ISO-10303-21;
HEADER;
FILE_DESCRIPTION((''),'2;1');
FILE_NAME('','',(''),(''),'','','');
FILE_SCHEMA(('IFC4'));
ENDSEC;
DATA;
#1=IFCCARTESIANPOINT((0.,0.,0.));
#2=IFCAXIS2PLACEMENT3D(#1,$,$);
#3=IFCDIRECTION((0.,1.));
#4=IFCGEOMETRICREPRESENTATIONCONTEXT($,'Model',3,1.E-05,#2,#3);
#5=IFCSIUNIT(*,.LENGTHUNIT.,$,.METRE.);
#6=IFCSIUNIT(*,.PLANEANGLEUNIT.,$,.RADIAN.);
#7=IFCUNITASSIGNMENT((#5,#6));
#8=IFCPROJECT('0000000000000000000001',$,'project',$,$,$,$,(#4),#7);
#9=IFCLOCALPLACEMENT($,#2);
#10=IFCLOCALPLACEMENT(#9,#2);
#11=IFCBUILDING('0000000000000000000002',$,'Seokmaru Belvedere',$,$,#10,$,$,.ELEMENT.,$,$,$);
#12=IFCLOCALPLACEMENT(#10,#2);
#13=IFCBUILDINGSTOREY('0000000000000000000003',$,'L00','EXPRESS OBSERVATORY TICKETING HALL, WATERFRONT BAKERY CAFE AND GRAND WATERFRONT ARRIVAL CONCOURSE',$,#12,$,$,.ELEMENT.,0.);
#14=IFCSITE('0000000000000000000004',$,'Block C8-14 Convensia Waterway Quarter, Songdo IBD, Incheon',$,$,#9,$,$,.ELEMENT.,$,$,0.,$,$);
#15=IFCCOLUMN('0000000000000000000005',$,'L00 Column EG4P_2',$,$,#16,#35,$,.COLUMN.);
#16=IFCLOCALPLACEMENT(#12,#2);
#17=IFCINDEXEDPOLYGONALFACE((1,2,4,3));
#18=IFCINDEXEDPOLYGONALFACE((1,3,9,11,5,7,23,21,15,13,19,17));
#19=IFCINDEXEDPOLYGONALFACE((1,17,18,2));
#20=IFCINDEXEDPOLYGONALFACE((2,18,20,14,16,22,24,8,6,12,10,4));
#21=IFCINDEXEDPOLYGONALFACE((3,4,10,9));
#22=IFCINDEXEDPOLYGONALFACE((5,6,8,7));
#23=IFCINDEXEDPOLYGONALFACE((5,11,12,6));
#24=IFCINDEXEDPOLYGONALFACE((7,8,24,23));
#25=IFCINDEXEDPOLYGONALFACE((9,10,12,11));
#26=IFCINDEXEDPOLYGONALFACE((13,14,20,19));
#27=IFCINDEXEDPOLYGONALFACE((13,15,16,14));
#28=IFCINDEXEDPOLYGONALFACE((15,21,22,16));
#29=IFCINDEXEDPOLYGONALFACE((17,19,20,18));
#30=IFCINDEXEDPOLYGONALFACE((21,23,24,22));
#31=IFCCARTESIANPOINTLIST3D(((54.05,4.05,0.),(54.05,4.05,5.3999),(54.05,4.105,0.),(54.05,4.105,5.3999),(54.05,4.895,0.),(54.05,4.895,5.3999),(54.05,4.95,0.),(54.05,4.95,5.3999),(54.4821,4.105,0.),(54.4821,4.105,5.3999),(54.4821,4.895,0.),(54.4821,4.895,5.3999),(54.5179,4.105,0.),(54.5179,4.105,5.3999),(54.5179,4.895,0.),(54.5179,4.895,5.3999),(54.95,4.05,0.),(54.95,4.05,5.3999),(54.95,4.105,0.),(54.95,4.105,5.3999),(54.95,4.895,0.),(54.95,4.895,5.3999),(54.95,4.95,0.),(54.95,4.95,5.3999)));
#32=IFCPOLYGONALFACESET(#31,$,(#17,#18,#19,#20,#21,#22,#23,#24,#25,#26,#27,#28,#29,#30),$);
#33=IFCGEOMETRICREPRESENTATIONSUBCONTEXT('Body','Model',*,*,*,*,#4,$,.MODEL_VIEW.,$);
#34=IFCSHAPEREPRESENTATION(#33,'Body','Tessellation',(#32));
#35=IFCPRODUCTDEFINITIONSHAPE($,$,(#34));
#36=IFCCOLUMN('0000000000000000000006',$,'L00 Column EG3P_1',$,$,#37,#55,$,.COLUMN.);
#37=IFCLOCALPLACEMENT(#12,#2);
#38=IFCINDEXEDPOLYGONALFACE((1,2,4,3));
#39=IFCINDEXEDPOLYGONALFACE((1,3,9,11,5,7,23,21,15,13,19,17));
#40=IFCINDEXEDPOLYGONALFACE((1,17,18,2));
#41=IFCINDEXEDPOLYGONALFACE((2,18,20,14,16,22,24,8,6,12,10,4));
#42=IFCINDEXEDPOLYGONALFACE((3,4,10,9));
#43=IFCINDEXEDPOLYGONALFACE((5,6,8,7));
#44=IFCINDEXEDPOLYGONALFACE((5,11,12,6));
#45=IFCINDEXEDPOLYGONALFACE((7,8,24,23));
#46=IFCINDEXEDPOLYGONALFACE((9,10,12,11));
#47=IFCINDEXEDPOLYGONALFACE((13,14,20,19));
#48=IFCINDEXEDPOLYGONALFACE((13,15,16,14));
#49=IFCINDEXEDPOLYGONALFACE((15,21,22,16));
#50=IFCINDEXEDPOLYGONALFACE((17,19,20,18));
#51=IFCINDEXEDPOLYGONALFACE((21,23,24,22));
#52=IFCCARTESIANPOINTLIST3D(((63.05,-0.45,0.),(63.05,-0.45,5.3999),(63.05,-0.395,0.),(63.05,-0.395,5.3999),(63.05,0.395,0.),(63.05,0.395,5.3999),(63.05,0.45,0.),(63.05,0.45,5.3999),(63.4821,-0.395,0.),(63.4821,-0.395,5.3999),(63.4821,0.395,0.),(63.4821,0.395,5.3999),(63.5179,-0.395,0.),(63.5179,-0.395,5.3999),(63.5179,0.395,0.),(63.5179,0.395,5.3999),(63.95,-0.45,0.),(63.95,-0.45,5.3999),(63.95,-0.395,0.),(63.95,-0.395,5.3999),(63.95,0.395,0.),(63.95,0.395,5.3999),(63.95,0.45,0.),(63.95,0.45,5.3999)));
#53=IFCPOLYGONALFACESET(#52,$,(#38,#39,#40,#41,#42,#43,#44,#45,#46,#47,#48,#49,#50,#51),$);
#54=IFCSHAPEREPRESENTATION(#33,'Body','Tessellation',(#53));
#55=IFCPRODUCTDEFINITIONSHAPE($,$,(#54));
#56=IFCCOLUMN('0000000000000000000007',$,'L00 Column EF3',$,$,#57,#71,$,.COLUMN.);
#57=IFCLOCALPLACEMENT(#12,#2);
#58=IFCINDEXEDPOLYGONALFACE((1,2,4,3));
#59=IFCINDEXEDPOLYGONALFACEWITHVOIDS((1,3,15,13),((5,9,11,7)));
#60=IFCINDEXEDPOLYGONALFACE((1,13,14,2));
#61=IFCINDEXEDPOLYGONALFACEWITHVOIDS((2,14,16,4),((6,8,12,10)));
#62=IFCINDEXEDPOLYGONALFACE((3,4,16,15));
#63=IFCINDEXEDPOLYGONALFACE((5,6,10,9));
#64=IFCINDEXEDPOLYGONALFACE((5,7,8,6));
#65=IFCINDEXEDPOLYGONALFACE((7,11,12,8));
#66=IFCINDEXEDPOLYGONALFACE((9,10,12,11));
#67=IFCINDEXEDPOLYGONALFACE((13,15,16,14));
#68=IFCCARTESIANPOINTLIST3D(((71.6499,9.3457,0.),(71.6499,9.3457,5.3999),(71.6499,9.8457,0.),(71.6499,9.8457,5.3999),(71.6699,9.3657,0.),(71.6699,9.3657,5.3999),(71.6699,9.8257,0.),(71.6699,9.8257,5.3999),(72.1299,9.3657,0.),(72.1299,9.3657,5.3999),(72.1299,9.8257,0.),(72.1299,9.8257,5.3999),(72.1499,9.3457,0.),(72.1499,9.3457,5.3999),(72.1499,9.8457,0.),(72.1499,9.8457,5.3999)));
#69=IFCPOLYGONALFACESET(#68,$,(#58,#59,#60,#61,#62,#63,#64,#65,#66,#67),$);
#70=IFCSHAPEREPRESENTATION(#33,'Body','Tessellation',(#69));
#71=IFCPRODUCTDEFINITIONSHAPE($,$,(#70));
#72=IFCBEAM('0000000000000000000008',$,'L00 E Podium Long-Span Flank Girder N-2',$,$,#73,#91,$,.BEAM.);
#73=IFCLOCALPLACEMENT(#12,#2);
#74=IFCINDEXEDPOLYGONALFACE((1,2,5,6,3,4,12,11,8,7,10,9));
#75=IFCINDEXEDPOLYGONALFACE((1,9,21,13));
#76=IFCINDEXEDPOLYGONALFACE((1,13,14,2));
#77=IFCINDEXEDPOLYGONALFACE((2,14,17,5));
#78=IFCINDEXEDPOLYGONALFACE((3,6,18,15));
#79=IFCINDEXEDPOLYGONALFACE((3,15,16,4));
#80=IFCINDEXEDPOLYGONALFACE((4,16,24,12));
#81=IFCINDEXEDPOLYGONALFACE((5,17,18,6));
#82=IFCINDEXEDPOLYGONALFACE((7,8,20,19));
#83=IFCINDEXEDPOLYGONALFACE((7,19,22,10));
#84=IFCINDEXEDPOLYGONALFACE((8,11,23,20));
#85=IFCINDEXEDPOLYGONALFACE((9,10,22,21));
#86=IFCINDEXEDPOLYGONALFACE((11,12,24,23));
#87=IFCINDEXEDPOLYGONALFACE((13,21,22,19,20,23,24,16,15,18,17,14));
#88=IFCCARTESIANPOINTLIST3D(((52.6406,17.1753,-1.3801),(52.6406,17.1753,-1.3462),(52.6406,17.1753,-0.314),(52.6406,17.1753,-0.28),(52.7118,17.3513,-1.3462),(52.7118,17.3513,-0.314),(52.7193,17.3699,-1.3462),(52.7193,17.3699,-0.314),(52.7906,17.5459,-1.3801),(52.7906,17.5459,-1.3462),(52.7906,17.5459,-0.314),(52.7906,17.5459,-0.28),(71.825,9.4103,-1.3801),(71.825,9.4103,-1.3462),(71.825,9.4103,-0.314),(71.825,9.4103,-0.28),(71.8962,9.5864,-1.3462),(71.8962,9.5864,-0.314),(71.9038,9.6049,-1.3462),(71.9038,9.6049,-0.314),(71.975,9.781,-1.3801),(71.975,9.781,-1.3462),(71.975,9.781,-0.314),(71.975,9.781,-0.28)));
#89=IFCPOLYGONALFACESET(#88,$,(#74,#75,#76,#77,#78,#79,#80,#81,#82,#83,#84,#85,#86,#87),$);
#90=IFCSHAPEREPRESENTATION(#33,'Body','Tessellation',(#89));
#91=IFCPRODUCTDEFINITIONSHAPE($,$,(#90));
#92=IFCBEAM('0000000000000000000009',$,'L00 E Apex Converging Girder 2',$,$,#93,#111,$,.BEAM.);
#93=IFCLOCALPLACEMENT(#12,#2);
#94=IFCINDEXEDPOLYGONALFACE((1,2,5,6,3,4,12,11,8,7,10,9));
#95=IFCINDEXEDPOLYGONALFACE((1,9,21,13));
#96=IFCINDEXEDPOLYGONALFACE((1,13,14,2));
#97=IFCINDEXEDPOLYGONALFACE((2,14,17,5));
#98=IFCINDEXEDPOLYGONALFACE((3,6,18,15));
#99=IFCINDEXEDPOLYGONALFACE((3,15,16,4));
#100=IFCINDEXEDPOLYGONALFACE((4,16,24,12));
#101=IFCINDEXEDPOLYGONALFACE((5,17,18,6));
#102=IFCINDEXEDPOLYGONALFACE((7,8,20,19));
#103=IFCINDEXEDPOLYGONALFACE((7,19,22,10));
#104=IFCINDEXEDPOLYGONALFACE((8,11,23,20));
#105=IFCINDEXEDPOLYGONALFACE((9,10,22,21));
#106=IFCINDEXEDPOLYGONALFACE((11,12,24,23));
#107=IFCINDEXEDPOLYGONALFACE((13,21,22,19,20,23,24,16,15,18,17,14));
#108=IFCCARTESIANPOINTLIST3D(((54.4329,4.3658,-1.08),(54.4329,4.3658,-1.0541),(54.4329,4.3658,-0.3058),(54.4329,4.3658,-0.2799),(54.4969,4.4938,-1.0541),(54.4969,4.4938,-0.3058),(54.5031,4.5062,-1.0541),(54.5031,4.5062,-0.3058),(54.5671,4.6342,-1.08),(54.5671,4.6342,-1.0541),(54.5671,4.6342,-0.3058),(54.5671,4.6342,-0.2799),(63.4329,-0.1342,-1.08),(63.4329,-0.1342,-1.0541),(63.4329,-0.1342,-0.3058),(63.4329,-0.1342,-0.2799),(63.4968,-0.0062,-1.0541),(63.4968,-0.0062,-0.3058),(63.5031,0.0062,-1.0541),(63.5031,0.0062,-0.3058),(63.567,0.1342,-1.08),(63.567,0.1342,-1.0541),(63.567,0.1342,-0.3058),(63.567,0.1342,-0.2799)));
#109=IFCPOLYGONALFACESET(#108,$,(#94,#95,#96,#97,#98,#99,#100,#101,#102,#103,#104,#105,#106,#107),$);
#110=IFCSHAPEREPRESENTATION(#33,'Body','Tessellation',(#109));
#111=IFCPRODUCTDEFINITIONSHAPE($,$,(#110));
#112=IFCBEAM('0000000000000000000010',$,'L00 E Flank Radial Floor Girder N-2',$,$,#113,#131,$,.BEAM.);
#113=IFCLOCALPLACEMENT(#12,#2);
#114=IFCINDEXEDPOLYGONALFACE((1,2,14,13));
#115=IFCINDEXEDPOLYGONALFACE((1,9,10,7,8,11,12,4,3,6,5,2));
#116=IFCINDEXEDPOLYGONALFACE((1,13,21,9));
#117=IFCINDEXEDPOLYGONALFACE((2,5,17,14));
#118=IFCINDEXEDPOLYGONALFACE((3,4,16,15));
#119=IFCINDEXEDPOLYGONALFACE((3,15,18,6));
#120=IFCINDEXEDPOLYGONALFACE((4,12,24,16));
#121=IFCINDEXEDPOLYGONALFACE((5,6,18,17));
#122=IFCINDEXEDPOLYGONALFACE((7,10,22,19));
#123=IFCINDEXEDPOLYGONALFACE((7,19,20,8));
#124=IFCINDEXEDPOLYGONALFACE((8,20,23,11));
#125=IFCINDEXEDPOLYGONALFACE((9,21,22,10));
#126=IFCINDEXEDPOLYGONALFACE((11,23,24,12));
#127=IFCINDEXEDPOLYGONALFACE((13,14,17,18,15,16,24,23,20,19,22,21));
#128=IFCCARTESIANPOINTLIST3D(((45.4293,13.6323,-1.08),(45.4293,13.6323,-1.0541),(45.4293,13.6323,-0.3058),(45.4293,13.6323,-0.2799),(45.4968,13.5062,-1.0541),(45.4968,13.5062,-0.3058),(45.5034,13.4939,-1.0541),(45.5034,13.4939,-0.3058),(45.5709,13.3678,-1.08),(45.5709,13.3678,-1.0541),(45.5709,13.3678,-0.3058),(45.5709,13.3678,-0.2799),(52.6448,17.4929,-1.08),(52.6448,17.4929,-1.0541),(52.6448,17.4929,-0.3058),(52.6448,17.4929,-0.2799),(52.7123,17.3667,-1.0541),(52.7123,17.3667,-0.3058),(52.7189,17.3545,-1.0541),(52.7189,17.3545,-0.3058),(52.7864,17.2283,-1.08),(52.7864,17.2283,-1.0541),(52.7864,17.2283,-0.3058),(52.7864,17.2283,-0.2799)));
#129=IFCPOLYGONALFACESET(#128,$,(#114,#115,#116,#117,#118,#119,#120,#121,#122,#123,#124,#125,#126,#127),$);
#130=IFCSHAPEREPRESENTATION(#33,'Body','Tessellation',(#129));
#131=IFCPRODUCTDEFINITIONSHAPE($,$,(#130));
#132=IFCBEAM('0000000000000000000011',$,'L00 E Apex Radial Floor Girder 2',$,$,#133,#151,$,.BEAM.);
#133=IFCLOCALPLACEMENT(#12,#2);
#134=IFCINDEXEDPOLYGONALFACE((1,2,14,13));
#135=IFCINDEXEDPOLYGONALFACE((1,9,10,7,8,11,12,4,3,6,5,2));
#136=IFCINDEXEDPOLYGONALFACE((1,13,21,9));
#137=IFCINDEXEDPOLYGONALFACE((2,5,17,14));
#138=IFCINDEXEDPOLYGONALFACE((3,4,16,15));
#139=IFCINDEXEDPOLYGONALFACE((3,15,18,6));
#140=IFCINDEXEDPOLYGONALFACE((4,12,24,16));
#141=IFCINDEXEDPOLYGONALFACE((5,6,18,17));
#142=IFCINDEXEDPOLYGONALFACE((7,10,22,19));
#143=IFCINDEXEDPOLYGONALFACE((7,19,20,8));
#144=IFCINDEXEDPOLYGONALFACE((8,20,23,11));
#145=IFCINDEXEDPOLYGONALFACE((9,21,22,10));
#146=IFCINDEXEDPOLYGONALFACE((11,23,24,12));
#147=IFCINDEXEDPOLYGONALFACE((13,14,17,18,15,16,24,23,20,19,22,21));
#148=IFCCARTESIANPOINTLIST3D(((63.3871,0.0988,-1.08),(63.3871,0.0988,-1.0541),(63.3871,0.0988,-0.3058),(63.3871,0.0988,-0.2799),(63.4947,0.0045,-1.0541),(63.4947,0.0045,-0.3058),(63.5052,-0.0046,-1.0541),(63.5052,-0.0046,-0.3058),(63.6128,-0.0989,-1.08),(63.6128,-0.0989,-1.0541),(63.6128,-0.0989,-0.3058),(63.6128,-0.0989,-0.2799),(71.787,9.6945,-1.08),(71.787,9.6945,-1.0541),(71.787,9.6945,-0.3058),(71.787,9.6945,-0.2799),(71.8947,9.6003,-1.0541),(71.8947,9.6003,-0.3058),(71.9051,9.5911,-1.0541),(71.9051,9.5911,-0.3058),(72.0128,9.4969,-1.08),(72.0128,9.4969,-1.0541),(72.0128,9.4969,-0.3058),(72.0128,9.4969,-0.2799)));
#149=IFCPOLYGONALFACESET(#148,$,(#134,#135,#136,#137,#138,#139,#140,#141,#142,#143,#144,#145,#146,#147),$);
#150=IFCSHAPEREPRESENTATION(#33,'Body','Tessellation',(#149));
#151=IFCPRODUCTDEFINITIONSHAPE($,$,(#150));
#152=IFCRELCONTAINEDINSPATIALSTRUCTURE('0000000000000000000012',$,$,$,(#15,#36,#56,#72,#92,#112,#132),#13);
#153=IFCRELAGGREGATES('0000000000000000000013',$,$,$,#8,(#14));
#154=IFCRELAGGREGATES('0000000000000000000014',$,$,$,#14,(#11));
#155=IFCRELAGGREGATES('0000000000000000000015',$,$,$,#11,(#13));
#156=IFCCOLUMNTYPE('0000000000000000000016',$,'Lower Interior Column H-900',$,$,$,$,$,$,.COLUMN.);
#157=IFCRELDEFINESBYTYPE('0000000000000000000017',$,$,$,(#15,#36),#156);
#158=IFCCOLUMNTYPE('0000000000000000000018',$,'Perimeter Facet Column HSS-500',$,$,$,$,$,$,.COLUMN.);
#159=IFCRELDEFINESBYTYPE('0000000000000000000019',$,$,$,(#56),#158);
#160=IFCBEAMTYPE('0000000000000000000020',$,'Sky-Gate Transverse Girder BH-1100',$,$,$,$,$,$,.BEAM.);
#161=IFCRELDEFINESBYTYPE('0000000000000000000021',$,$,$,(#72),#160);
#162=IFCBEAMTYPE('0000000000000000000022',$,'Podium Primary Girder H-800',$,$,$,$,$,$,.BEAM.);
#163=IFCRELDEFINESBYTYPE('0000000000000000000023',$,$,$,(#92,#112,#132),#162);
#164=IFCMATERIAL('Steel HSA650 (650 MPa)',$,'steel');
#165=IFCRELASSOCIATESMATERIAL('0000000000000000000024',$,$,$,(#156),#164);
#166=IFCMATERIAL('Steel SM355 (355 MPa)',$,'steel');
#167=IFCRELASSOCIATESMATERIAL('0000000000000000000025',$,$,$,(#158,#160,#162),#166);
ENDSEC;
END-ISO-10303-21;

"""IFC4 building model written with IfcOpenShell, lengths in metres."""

from ifc_helpers import new_model, si_unit, direction, frame, origin, origin_2d, place, context, subcontext, project, spatial, hollow_rectangle, i_section, extrude, source, transform, mapped, material, material_profile, profile_set, type_object, type_shapes, element, save


model = new_model("IFC4")

# Units and contexts
model_context = context("Model", 3, precision=1e-05, world=origin(), true_north=direction((0.0, 1.0)))
body_context = subcontext(model_context, "Body", "Model", "MODEL_VIEW")
ifc_project = project(units=[si_unit("LENGTHUNIT", "METRE"), si_unit("PLANEANGLEUNIT", "RADIAN")], contexts=[model_context])

# Site, building, storey
site_placement = place(None, origin())
site = spatial("IfcSite", under=ifc_project, at=site_placement, Name="Block C8-14 Convensia Waterway Quarter, Songdo IBD, Incheon", CompositionType="ELEMENT", RefElevation=0.0)
building_placement = place(site_placement, origin())
building = spatial("IfcBuilding", under=site, at=building_placement, Name="Seokmaru Belvedere", CompositionType="ELEMENT")
storey_placement = place(building_placement, origin())
storey = spatial("IfcBuildingStorey", under=building, at=storey_placement, Name="L00", Description="EXPRESS OBSERVATORY TICKETING HALL, WATERFRONT BAKERY CAFE AND GRAND WATERFRONT ARRIVAL CONCOURSE", CompositionType="ELEMENT", Elevation=0.0)

# Columns
ifc_material_1 = material(Name="Steel HSA650 (650 MPa)", Category="steel")
ifc_material_profile_1 = material_profile(ifc_material_1, i_section(OverallWidth=0.8999, OverallDepth=0.8999, WebThickness=0.0359, FlangeThickness=0.0549, at=origin_2d()), Name="H-900x900x36x55")
ifc_profile_set_1 = profile_set([ifc_material_profile_1], Name="Steel HSA650 (650 MPa)")
column_type_1 = type_object("IfcColumnType", Name="Lower Interior Column H-900", PredefinedType="COLUMN", material=ifc_profile_set_1)
shared_shape_1 = source(origin(), body_context, "Body", "SweptSolid", [
    extrude(i_section(OverallWidth=0.8999, OverallDepth=0.8999, WebThickness=0.0359, FlangeThickness=0.0549, at=origin_2d()), origin(), (0.0, 0.0, 1.0), 5.3999),
])
type_shapes(column_type_1, [shared_shape_1])
for number, where, z_axis, x_axis, name in (
    (1, (54.5, 4.5, 0.0), (0.0, 0.0, 1.0), (1.0, 0.0, 0.0), "L00 Column EG4P_2"),
    (2, (63.5, 0.0, 0.0), (0.0, 0.0, 1.0), (1.0, 0.0, 0.0), "L00 Column EG3P_1"),
):
    element("IfcColumn", number, at=place(storey_placement, frame(where, z_axis=z_axis, x_axis=x_axis)), inside=storey, type_object=column_type_1, Name=name, PredefinedType="COLUMN", context=body_context, shape_type="MappedRepresentation", body=[
        mapped(shared_shape_1, transform((0.0, 0.0, 0.0), scale=1.0)),
    ])
ifc_material_2 = material(Name="Steel SM355 (355 MPa)", Category="steel")
ifc_material_profile_2 = material_profile(ifc_material_2, hollow_rectangle(XDim=0.5, YDim=0.5, WallThickness=0.02, at=origin_2d()), Name="HSS-500x500x20")
ifc_profile_set_2 = profile_set([ifc_material_profile_2], Name="Steel SM355 (355 MPa)")
column_type_2 = type_object("IfcColumnType", Name="Perimeter Facet Column HSS-500", PredefinedType="COLUMN", material=ifc_profile_set_2)
shared_shape_2 = source(origin(), body_context, "Body", "SweptSolid", [
    extrude(hollow_rectangle(XDim=0.5, YDim=0.5, WallThickness=0.02, at=origin_2d()), origin(), (0.0, 0.0, 1.0), 5.3999),
])
type_shapes(column_type_2, [shared_shape_2])
column_placement = place(storey_placement, frame((71.8999, 9.5957, 0.0), z_axis=(0.0, 0.0, 1.0), x_axis=(1.0, 0.0, 0.0)))
element("IfcColumn", 3, at=column_placement, inside=storey, type_object=column_type_2, Name="L00 Column EF3", PredefinedType="COLUMN", context=body_context, shape_type="MappedRepresentation", body=[
    mapped(shared_shape_2, transform((0.0, 0.0, 0.0), scale=1.0)),
])

# Beams
ifc_material_profile_3 = material_profile(ifc_material_2, i_section(OverallWidth=0.3999, OverallDepth=1.1001, WebThickness=0.02, FlangeThickness=0.0339, at=origin_2d()), Name="BH-1100x400x20x34")
ifc_profile_set_3 = profile_set([ifc_material_profile_3], Name="Steel SM355 (355 MPa)")
beam_type_1 = type_object("IfcBeamType", Name="Sky-Gate Transverse Girder BH-1100", PredefinedType="BEAM", material=ifc_profile_set_3)
shared_shape_3 = source(origin(), body_context, "Body", "SweptSolid", [
    extrude(i_section(OverallWidth=0.3999, OverallDepth=1.1001, WebThickness=0.02, FlangeThickness=0.0339, at=origin_2d()), origin(), (0.0, 0.0, 1.0), 20.6963),
])
type_shapes(beam_type_1, [shared_shape_3])
beam_1_placement = place(storey_placement, frame((52.7156, 17.3606, -0.8301), z_axis=(0.92695, -0.375185, 0.0), x_axis=(0.375185, 0.92695, 0.0)))
element("IfcBeam", 4, at=beam_1_placement, inside=storey, type_object=beam_type_1, Name="L00 E Podium Long-Span Flank Girder N-2", PredefinedType="BEAM", context=body_context, shape_type="MappedRepresentation", body=[
    mapped(shared_shape_3, transform((0.0, 0.0, 0.0), scale=1.0)),
])
ifc_material_profile_4 = material_profile(ifc_material_2, i_section(OverallWidth=0.3, OverallDepth=0.8, WebThickness=0.0139, FlangeThickness=0.0259, at=origin_2d()), Name="H-800x300x14x26")
ifc_profile_set_4 = profile_set([ifc_material_profile_4], Name="Steel SM355 (355 MPa)")
beam_type_2 = type_object("IfcBeamType", Name="Podium Primary Girder H-800", PredefinedType="BEAM", material=ifc_profile_set_4)
shared_shape_4 = source(origin(), body_context, "Body", "SweptSolid", [
    extrude(i_section(OverallWidth=0.3, OverallDepth=0.8, WebThickness=0.0139, FlangeThickness=0.0259, at=origin_2d()), origin(), (0.0, 0.0, 1.0), 10.0623),
])
beam_2_placement = place(storey_placement, frame((54.5, 4.5, -0.6799), z_axis=(0.894427, -0.447214, 0.0), x_axis=(0.447214, 0.894427, 0.0)))
element("IfcBeam", 5, at=beam_2_placement, inside=storey, type_object=beam_type_2, Name="L00 E Apex Converging Girder 2", PredefinedType="BEAM", context=body_context, shape_type="MappedRepresentation", body=[
    mapped(shared_shape_4, transform((0.0, 0.0, 0.0), scale=1.0)),
])
shared_shape_5 = source(origin(), body_context, "Body", "SweptSolid", [
    extrude(i_section(OverallWidth=0.3, OverallDepth=0.8, WebThickness=0.0139, FlangeThickness=0.0259, at=origin_2d()), origin(), (0.0, 0.0, 1.0), 8.1833),
])
beam_3_placement = place(storey_placement, frame((52.7156, 17.3606, -0.6799), z_axis=(-0.881729, -0.471757, 0.0), x_axis=(0.471757, -0.881729, 0.0)))
element("IfcBeam", 6, at=beam_3_placement, inside=storey, type_object=beam_type_2, Name="L00 E Flank Radial Floor Girder N-2", PredefinedType="BEAM", context=body_context, shape_type="MappedRepresentation", body=[
    mapped(shared_shape_5, transform((0.0, 0.0, 0.0), scale=1.0)),
])
shared_shape_6 = source(origin(), body_context, "Body", "SweptSolid", [
    extrude(i_section(OverallWidth=0.3, OverallDepth=0.8, WebThickness=0.0139, FlangeThickness=0.0259, at=origin_2d()), origin(), (0.0, 0.0, 1.0), 12.7529),
])
type_shapes(beam_type_2, [shared_shape_4, shared_shape_5, shared_shape_6])
beam_4_placement = place(storey_placement, frame((71.8999, 9.5957, -0.6799), z_axis=(-0.658667, -0.752434, 0.0), x_axis=(0.752434, -0.658667, 0.0)))
element("IfcBeam", 7, at=beam_4_placement, inside=storey, type_object=beam_type_2, Name="L00 E Apex Radial Floor Girder 2", PredefinedType="BEAM", context=body_context, shape_type="MappedRepresentation", body=[
    mapped(shared_shape_6, transform((0.0, 0.0, 0.0), scale=1.0)),
])

save(model, "model.ifc")
